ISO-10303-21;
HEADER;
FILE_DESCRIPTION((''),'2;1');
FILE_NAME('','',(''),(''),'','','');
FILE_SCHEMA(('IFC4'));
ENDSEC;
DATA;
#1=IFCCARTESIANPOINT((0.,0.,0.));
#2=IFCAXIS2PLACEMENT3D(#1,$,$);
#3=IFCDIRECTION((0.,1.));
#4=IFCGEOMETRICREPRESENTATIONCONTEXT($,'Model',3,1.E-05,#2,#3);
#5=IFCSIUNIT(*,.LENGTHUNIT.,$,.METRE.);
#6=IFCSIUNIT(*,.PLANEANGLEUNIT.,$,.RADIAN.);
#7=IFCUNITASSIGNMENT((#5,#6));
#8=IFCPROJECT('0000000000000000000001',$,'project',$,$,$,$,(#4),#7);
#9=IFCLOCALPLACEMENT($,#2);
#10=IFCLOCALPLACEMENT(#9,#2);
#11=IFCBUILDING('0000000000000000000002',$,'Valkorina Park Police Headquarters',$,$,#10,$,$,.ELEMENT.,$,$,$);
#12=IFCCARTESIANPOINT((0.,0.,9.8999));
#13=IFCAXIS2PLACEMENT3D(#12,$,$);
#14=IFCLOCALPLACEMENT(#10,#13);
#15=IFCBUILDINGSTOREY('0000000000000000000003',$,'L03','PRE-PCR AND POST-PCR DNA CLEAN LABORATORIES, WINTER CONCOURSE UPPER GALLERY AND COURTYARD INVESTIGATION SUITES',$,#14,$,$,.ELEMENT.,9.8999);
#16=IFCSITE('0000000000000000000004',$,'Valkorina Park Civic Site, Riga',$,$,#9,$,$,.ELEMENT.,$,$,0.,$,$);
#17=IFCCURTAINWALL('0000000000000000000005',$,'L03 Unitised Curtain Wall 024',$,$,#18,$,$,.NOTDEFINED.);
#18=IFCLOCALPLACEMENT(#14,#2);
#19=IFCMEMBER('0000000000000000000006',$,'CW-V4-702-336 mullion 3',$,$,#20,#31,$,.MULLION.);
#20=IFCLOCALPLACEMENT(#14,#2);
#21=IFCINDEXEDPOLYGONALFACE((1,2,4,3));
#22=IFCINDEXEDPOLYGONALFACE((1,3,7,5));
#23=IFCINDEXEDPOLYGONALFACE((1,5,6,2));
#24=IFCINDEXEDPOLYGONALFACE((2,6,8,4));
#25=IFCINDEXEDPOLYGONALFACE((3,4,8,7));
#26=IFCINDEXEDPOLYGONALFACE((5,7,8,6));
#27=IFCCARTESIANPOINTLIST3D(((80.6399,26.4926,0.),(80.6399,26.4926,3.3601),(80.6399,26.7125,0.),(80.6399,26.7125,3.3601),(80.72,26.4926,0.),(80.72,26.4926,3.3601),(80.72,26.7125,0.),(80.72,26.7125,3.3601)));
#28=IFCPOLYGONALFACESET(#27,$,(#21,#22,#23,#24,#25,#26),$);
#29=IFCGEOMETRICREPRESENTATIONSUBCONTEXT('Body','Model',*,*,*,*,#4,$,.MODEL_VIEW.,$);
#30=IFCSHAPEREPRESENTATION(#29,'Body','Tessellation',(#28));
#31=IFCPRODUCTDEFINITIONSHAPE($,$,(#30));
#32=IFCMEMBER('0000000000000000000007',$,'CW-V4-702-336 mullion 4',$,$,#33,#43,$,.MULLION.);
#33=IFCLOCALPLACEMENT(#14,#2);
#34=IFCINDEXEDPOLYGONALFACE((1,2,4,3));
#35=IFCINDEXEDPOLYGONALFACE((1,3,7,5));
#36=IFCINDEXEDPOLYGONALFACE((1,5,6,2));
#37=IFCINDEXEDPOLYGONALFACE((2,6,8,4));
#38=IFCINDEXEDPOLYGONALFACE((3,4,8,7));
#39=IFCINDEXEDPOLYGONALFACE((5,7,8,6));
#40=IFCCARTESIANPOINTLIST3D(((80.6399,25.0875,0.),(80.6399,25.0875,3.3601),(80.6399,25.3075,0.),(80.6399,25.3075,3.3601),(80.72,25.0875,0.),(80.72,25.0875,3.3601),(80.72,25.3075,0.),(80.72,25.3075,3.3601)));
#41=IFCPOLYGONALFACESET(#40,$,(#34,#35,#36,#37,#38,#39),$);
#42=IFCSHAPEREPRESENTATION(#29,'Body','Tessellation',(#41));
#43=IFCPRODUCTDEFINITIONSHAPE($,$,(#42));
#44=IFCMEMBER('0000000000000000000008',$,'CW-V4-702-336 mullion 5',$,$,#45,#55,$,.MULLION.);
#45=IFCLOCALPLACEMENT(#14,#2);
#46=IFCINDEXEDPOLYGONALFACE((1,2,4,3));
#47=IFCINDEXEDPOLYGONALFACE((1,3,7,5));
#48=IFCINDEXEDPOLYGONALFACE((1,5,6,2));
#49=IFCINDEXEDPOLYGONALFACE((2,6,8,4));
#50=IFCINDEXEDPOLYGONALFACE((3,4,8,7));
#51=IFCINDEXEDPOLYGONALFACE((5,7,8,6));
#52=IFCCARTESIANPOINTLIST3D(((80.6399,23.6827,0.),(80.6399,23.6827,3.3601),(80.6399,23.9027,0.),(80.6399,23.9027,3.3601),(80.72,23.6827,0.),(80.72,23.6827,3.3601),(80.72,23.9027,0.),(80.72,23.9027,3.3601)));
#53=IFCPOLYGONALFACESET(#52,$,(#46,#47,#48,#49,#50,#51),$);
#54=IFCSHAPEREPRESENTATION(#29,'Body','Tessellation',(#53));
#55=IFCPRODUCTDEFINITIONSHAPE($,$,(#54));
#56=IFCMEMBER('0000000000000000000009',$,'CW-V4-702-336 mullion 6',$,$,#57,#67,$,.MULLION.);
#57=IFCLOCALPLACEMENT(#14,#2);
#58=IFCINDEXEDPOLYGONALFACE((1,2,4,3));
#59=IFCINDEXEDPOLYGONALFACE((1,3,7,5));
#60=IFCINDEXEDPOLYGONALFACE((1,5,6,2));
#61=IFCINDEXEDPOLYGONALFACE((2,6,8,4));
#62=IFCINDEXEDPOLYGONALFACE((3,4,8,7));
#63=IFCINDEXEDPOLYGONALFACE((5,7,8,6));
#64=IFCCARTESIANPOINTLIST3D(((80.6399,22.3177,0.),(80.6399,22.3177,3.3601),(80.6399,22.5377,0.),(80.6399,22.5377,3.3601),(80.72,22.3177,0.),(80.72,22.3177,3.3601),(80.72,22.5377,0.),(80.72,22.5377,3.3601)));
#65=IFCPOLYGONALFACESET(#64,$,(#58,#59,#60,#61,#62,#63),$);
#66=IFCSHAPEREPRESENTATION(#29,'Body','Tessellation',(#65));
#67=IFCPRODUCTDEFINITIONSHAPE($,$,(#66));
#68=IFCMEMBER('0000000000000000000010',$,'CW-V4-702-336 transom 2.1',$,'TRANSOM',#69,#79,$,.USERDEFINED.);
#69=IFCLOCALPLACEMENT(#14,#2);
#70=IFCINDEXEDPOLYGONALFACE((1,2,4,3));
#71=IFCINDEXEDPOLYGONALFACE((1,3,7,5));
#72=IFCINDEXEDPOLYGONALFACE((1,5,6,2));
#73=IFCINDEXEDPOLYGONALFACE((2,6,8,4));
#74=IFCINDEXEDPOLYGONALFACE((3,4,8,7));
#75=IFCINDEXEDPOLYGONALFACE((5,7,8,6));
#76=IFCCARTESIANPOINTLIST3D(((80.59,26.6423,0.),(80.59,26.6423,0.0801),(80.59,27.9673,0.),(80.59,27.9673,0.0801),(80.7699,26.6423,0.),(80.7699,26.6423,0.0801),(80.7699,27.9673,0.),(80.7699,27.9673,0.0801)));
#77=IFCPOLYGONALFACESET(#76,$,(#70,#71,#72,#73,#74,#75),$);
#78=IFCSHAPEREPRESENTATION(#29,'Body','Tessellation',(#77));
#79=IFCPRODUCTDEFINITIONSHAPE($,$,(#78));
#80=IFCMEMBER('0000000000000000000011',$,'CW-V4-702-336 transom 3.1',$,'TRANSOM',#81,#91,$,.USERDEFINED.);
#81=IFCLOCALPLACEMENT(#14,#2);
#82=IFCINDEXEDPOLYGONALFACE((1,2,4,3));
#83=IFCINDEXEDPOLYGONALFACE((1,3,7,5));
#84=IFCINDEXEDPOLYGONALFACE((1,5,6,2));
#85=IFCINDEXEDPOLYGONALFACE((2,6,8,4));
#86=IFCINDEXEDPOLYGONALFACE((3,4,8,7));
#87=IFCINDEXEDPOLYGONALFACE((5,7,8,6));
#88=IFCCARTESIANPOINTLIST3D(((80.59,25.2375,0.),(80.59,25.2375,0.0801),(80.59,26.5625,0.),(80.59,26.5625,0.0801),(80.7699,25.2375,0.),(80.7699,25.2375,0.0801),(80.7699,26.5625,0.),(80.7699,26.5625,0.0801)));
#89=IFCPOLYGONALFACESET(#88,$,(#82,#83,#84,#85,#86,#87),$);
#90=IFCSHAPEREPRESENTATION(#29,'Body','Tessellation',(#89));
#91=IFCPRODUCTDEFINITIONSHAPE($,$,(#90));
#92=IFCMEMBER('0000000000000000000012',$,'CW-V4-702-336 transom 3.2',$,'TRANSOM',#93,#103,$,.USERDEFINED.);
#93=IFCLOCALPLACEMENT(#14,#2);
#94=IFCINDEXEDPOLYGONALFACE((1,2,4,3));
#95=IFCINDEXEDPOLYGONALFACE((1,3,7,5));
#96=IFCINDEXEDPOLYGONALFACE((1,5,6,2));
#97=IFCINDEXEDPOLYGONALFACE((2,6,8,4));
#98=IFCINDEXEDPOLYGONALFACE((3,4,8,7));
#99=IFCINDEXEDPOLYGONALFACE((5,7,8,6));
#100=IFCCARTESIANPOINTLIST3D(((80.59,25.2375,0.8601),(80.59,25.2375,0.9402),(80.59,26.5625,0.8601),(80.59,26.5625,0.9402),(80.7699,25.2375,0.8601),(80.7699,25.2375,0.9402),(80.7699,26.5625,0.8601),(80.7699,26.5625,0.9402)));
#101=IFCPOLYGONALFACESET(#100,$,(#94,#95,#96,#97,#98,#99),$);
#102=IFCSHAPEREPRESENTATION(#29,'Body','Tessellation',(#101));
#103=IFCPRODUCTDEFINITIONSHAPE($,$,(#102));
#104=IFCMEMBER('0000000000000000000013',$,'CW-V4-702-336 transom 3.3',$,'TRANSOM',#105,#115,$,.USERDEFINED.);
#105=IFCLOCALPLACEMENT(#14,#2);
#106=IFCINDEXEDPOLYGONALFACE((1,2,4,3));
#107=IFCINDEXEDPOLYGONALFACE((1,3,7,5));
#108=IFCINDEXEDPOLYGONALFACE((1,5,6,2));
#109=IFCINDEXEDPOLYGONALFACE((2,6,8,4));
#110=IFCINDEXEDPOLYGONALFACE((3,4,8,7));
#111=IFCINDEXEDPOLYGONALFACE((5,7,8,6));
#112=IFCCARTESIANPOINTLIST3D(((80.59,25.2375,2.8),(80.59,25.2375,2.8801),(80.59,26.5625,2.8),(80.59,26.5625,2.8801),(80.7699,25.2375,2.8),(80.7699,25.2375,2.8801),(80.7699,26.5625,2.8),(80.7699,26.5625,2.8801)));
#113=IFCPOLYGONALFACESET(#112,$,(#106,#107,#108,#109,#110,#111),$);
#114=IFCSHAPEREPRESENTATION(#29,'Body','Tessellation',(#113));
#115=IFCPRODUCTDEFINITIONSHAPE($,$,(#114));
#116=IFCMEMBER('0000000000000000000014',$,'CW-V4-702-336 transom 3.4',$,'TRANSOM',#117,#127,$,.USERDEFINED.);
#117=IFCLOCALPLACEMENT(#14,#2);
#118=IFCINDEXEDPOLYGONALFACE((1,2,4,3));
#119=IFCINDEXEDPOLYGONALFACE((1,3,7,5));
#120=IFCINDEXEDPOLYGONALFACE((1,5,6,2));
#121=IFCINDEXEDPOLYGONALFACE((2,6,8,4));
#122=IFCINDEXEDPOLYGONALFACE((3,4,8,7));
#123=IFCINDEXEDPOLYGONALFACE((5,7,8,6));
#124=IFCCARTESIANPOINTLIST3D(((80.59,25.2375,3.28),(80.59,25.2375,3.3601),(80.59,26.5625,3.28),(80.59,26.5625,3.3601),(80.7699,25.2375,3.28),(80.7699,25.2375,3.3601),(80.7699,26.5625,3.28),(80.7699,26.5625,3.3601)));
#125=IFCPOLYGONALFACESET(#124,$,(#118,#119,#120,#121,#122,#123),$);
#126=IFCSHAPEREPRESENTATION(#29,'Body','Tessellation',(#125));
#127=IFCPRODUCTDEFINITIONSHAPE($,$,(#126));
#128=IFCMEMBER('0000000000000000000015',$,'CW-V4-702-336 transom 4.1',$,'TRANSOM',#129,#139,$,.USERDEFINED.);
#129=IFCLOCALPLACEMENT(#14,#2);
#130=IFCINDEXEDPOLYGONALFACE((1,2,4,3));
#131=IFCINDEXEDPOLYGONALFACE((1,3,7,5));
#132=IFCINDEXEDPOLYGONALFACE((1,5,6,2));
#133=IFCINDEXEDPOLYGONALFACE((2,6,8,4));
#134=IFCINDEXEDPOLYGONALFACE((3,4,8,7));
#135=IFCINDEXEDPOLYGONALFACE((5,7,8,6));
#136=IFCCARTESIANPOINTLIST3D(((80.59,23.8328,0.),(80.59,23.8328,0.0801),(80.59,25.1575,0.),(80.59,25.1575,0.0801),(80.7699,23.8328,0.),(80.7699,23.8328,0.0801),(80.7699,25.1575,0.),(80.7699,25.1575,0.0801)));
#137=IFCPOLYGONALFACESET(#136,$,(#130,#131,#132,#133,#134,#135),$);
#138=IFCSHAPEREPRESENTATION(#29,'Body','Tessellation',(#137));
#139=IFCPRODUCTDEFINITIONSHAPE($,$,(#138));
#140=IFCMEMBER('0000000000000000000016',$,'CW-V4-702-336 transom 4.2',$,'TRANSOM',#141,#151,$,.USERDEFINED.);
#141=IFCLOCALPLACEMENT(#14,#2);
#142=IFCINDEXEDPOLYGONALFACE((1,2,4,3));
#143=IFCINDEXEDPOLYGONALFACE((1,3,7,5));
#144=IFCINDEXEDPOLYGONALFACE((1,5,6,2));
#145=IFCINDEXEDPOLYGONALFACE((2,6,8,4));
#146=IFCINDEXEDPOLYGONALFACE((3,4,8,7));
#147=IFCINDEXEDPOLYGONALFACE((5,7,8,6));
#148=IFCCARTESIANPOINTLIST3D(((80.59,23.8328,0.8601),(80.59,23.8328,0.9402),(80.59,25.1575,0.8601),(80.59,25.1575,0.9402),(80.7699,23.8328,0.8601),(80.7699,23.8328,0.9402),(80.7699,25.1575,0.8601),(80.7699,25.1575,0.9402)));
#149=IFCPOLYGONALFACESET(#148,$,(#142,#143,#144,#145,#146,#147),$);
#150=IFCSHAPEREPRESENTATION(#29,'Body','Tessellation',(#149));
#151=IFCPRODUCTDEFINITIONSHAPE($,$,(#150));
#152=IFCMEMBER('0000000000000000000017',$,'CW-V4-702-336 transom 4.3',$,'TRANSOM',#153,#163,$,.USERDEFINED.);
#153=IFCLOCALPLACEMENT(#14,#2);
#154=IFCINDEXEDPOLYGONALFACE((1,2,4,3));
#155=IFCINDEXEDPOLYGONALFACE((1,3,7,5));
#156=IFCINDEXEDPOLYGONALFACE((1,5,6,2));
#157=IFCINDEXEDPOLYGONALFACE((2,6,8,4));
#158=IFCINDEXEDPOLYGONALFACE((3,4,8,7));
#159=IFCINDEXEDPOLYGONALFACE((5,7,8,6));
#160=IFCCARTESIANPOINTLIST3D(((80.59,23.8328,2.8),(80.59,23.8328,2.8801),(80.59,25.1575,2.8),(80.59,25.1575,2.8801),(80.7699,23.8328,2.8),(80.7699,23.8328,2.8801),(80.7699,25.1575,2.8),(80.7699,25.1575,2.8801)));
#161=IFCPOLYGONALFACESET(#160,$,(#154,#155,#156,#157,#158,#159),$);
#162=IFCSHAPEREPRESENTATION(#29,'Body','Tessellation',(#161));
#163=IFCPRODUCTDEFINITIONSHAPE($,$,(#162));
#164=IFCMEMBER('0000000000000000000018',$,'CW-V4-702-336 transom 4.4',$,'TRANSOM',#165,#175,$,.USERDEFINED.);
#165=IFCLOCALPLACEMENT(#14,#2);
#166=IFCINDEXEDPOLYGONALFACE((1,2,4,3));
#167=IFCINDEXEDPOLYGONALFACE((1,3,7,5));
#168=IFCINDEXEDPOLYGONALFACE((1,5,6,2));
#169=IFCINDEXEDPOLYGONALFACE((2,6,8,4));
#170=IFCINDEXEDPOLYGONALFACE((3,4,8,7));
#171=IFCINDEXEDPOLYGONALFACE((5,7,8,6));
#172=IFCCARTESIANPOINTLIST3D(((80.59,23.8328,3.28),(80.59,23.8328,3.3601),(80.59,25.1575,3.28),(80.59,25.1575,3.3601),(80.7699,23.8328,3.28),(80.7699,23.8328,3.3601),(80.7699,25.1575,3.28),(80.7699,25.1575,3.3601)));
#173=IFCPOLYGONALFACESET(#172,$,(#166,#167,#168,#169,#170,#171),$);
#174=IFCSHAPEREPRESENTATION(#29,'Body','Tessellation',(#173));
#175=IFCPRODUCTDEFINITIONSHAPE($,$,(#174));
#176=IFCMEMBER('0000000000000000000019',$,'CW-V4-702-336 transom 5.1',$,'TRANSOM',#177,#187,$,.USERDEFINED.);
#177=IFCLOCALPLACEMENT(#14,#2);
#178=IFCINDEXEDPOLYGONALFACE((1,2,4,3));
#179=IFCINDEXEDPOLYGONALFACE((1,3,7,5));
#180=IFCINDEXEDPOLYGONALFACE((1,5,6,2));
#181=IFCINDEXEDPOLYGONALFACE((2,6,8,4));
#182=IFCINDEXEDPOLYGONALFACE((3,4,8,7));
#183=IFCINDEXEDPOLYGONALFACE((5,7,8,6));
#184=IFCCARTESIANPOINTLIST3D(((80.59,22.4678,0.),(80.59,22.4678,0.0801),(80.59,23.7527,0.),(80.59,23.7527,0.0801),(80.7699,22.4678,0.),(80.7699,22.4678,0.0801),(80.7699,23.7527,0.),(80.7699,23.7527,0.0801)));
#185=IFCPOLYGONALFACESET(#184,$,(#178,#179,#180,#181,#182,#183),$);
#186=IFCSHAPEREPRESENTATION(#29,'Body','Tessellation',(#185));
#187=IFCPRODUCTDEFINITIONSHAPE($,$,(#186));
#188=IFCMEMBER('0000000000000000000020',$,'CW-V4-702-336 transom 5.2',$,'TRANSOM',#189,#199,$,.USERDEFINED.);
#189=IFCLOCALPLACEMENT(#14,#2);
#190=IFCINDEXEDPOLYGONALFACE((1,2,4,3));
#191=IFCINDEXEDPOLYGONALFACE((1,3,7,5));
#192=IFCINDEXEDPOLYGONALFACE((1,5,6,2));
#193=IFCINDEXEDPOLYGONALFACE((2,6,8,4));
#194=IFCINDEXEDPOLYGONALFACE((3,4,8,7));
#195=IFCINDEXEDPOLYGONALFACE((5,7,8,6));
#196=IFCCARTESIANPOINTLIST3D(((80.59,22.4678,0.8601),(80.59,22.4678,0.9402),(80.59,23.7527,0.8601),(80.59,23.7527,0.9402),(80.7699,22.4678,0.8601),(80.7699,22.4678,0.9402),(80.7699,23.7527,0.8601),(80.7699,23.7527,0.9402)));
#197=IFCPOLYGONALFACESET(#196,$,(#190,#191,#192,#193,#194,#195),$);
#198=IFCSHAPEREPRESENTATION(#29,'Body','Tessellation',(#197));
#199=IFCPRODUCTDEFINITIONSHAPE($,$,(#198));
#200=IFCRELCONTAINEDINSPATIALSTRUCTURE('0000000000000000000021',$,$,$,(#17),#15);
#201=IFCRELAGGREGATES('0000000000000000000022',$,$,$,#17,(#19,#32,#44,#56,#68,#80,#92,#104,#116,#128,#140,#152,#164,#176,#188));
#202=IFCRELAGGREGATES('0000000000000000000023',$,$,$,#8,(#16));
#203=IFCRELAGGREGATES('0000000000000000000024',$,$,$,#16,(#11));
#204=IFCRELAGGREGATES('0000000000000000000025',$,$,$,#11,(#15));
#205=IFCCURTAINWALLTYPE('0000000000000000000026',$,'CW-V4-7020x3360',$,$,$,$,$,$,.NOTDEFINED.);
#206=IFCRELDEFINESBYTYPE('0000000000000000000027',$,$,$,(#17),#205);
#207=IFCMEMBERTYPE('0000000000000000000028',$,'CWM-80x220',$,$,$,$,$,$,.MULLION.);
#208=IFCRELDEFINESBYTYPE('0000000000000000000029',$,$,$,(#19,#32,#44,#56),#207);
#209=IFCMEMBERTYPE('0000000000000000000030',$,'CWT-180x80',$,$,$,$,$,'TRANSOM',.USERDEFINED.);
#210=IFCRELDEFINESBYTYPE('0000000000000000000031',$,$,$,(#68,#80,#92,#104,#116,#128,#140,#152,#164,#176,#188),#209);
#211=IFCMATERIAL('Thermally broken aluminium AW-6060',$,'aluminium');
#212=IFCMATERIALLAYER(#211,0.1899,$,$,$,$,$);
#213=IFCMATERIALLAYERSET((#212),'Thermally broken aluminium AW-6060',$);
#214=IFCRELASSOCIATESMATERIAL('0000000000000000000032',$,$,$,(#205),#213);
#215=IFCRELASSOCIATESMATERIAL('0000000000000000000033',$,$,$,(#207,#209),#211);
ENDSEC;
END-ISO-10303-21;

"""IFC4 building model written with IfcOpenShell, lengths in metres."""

from ifc_helpers import new_model, si_unit, direction, frame, origin, origin_2d, place, context, subcontext, project, spatial, rectangle, extrude, material, layer, layer_set, material_profile, profile_set, type_object, element, aggregate, save


model = new_model("IFC4")

# Units and contexts
model_context = context("Model", 3, precision=1e-05, world=origin(), true_north=direction((0.0, 1.0)))
body_context = subcontext(model_context, "Body", "Model", "MODEL_VIEW")
ifc_project = project(units=[si_unit("LENGTHUNIT", "METRE"), si_unit("PLANEANGLEUNIT", "RADIAN")], contexts=[model_context])

# Site, building, storey
site_placement = place(None, origin())
site = spatial("IfcSite", under=ifc_project, at=site_placement, Name="Valkorina Park Civic Site, Riga", CompositionType="ELEMENT", RefElevation=0.0)
building_placement = place(site_placement, origin())
building = spatial("IfcBuilding", under=site, at=building_placement, Name="Valkorina Park Police Headquarters", CompositionType="ELEMENT")
storey_placement = place(building_placement, frame((0.0, 0.0, 9.8999)))
storey = spatial("IfcBuildingStorey", under=building, at=storey_placement, Name="L03", Description="PRE-PCR AND POST-PCR DNA CLEAN LABORATORIES, WINTER CONCOURSE UPPER GALLERY AND COURTYARD INVESTIGATION SUITES", CompositionType="ELEMENT", Elevation=9.8999)

# Curtain wall, members
ifc_material_1 = material(Name="Thermally broken aluminium AW-6060", Category="aluminium")
ifc_layer_1 = layer(ifc_material_1, 0.1899)
ifc_layer_set_1 = layer_set([ifc_layer_1], Name="Thermally broken aluminium AW-6060")
curtain_wall_type = type_object("IfcCurtainWallType", Name="CW-V4-7020x3360", PredefinedType="NOTDEFINED", material=ifc_layer_set_1)
curtain_wall_placement = place(storey_placement, origin())
curtain_wall = element("IfcCurtainWall", 1, at=curtain_wall_placement, inside=storey, type_object=curtain_wall_type, Name="L03 Unitised Curtain Wall 024", PredefinedType="NOTDEFINED")
ifc_material_profile_1 = material_profile(ifc_material_1, rectangle(XDim=0.0801, YDim=0.22, at=origin_2d()), Name="CWM-03 80x220")
ifc_profile_set_1 = profile_set([ifc_material_profile_1], Name="Thermally broken aluminium AW-6060")
member_type_1 = type_object("IfcMemberType", Name="CWM-80x220", PredefinedType="MULLION", material=ifc_profile_set_1)
member_1_placement = place(storey_placement, frame((80.6799, 26.6025, 0.0), z_axis=(0.0, 0.0, 1.0), x_axis=(1.0, 0.0, 0.0)))
member_1 = element("IfcMember", 2, at=member_1_placement, type_object=member_type_1, Name="CW-V4-702-336 mullion 3", PredefinedType="MULLION", context=body_context, shape_type="SweptSolid", body=[
    extrude(rectangle(XDim=0.0801, YDim=0.22, at=origin_2d()), origin(), (0.0, 0.0, 1.0), 3.3601),
])
member_2_placement = place(storey_placement, frame((80.6799, 25.1975, 0.0), z_axis=(0.0, 0.0, 1.0), x_axis=(1.0, 0.0, 0.0)))
member_2 = element("IfcMember", 3, at=member_2_placement, type_object=member_type_1, Name="CW-V4-702-336 mullion 4", PredefinedType="MULLION", context=body_context, shape_type="SweptSolid", body=[
    extrude(rectangle(XDim=0.0801, YDim=0.22, at=origin_2d()), origin(), (0.0, 0.0, 1.0), 3.3601),
])
member_3_placement = place(storey_placement, frame((80.6799, 23.7927, 0.0), z_axis=(0.0, 0.0, 1.0), x_axis=(1.0, 0.0, 0.0)))
member_3 = element("IfcMember", 4, at=member_3_placement, type_object=member_type_1, Name="CW-V4-702-336 mullion 5", PredefinedType="MULLION", context=body_context, shape_type="SweptSolid", body=[
    extrude(rectangle(XDim=0.0801, YDim=0.22, at=origin_2d()), origin(), (0.0, 0.0, 1.0), 3.3601),
])
member_4_placement = place(storey_placement, frame((80.6799, 22.4277, 0.0), z_axis=(0.0, 0.0, 1.0), x_axis=(1.0, 0.0, 0.0)))
member_4 = element("IfcMember", 5, at=member_4_placement, type_object=member_type_1, Name="CW-V4-702-336 mullion 6", PredefinedType="MULLION", context=body_context, shape_type="SweptSolid", body=[
    extrude(rectangle(XDim=0.0801, YDim=0.22, at=origin_2d()), origin(), (0.0, 0.0, 1.0), 3.3601),
])
ifc_material_profile_2 = material_profile(ifc_material_1, rectangle(XDim=0.1799, YDim=0.0801, at=origin_2d()), Name="CWT-03 180x80")
ifc_profile_set_2 = profile_set([ifc_material_profile_2], Name="Thermally broken aluminium AW-6060")
member_type_2 = type_object("IfcMemberType", Name="CWT-180x80", ElementType="TRANSOM", PredefinedType="USERDEFINED", material=ifc_profile_set_2)
member_5_placement = place(storey_placement, frame((80.6799, 27.9673, 0.04), z_axis=(0.0, -1.0, 0.0), x_axis=(1.0, 0.0, 0.0)))
member_5 = element("IfcMember", 6, at=member_5_placement, type_object=member_type_2, Name="CW-V4-702-336 transom 2.1", ObjectType="TRANSOM", PredefinedType="USERDEFINED", context=body_context, shape_type="SweptSolid", body=[
    extrude(rectangle(XDim=0.1799, YDim=0.0801, at=origin_2d()), origin(), (0.0, 0.0, 1.0), 1.325),
])
member_6_placement = place(storey_placement, frame((80.6799, 26.5625, 0.04), z_axis=(0.0, -1.0, 0.0), x_axis=(1.0, 0.0, 0.0)))
member_6 = element("IfcMember", 7, at=member_6_placement, type_object=member_type_2, Name="CW-V4-702-336 transom 3.1", ObjectType="TRANSOM", PredefinedType="USERDEFINED", context=body_context, shape_type="SweptSolid", body=[
    extrude(rectangle(XDim=0.1799, YDim=0.0801, at=origin_2d()), origin(), (0.0, 0.0, 1.0), 1.325),
])
member_7_placement = place(storey_placement, frame((80.6799, 26.5625, 0.9001), z_axis=(0.0, -1.0, 0.0), x_axis=(1.0, 0.0, 0.0)))
member_7 = element("IfcMember", 8, at=member_7_placement, type_object=member_type_2, Name="CW-V4-702-336 transom 3.2", ObjectType="TRANSOM", PredefinedType="USERDEFINED", context=body_context, shape_type="SweptSolid", body=[
    extrude(rectangle(XDim=0.1799, YDim=0.0801, at=origin_2d()), origin(), (0.0, 0.0, 1.0), 1.325),
])
member_8_placement = place(storey_placement, frame((80.6799, 26.5625, 2.8401), z_axis=(0.0, -1.0, 0.0), x_axis=(1.0, 0.0, 0.0)))
member_8 = element("IfcMember", 9, at=member_8_placement, type_object=member_type_2, Name="CW-V4-702-336 transom 3.3", ObjectType="TRANSOM", PredefinedType="USERDEFINED", context=body_context, shape_type="SweptSolid", body=[
    extrude(rectangle(XDim=0.1799, YDim=0.0801, at=origin_2d()), origin(), (0.0, 0.0, 1.0), 1.325),
])
member_9_placement = place(storey_placement, frame((80.6799, 26.5625, 3.3201), z_axis=(0.0, -1.0, 0.0), x_axis=(1.0, 0.0, 0.0)))
member_9 = element("IfcMember", 10, at=member_9_placement, type_object=member_type_2, Name="CW-V4-702-336 transom 3.4", ObjectType="TRANSOM", PredefinedType="USERDEFINED", context=body_context, shape_type="SweptSolid", body=[
    extrude(rectangle(XDim=0.1799, YDim=0.0801, at=origin_2d()), origin(), (0.0, 0.0, 1.0), 1.325),
])
member_10_placement = place(storey_placement, frame((80.6799, 25.1575, 0.04), z_axis=(0.0, -1.0, 0.0), x_axis=(1.0, 0.0, 0.0)))
member_10 = element("IfcMember", 11, at=member_10_placement, type_object=member_type_2, Name="CW-V4-702-336 transom 4.1", ObjectType="TRANSOM", PredefinedType="USERDEFINED", context=body_context, shape_type="SweptSolid", body=[
    extrude(rectangle(XDim=0.1799, YDim=0.0801, at=origin_2d()), origin(), (0.0, 0.0, 1.0), 1.3247),
])
member_11_placement = place(storey_placement, frame((80.6799, 25.1575, 0.9001), z_axis=(0.0, -1.0, 0.0), x_axis=(1.0, 0.0, 0.0)))
member_11 = element("IfcMember", 12, at=member_11_placement, type_object=member_type_2, Name="CW-V4-702-336 transom 4.2", ObjectType="TRANSOM", PredefinedType="USERDEFINED", context=body_context, shape_type="SweptSolid", body=[
    extrude(rectangle(XDim=0.1799, YDim=0.0801, at=origin_2d()), origin(), (0.0, 0.0, 1.0), 1.3247),
])
member_12_placement = place(storey_placement, frame((80.6799, 25.1575, 2.8401), z_axis=(0.0, -1.0, 0.0), x_axis=(1.0, 0.0, 0.0)))
member_12 = element("IfcMember", 13, at=member_12_placement, type_object=member_type_2, Name="CW-V4-702-336 transom 4.3", ObjectType="TRANSOM", PredefinedType="USERDEFINED", context=body_context, shape_type="SweptSolid", body=[
    extrude(rectangle(XDim=0.1799, YDim=0.0801, at=origin_2d()), origin(), (0.0, 0.0, 1.0), 1.3247),
])
member_13_placement = place(storey_placement, frame((80.6799, 25.1575, 3.3201), z_axis=(0.0, -1.0, 0.0), x_axis=(1.0, 0.0, 0.0)))
member_13 = element("IfcMember", 14, at=member_13_placement, type_object=member_type_2, Name="CW-V4-702-336 transom 4.4", ObjectType="TRANSOM", PredefinedType="USERDEFINED", context=body_context, shape_type="SweptSolid", body=[
    extrude(rectangle(XDim=0.1799, YDim=0.0801, at=origin_2d()), origin(), (0.0, 0.0, 1.0), 1.3247),
])
member_14_placement = place(storey_placement, frame((80.6799, 23.7527, 0.04), z_axis=(0.0, -1.0, 0.0), x_axis=(1.0, 0.0, 0.0)))
member_14 = element("IfcMember", 15, at=member_14_placement, type_object=member_type_2, Name="CW-V4-702-336 transom 5.1", ObjectType="TRANSOM", PredefinedType="USERDEFINED", context=body_context, shape_type="SweptSolid", body=[
    extrude(rectangle(XDim=0.1799, YDim=0.0801, at=origin_2d()), origin(), (0.0, 0.0, 1.0), 1.2849),
])
member_15_placement = place(storey_placement, frame((80.6799, 23.7527, 0.9001), z_axis=(0.0, -1.0, 0.0), x_axis=(1.0, 0.0, 0.0)))
member_15 = element("IfcMember", 16, at=member_15_placement, type_object=member_type_2, Name="CW-V4-702-336 transom 5.2", ObjectType="TRANSOM", PredefinedType="USERDEFINED", context=body_context, shape_type="SweptSolid", body=[
    extrude(rectangle(XDim=0.1799, YDim=0.0801, at=origin_2d()), origin(), (0.0, 0.0, 1.0), 1.2849),
])
aggregate(curtain_wall, [member_1, member_2, member_3, member_4, member_5, member_6, member_7, member_8, member_9, member_10, member_11, member_12, member_13, member_14, member_15])

save(model, "model.ifc")
